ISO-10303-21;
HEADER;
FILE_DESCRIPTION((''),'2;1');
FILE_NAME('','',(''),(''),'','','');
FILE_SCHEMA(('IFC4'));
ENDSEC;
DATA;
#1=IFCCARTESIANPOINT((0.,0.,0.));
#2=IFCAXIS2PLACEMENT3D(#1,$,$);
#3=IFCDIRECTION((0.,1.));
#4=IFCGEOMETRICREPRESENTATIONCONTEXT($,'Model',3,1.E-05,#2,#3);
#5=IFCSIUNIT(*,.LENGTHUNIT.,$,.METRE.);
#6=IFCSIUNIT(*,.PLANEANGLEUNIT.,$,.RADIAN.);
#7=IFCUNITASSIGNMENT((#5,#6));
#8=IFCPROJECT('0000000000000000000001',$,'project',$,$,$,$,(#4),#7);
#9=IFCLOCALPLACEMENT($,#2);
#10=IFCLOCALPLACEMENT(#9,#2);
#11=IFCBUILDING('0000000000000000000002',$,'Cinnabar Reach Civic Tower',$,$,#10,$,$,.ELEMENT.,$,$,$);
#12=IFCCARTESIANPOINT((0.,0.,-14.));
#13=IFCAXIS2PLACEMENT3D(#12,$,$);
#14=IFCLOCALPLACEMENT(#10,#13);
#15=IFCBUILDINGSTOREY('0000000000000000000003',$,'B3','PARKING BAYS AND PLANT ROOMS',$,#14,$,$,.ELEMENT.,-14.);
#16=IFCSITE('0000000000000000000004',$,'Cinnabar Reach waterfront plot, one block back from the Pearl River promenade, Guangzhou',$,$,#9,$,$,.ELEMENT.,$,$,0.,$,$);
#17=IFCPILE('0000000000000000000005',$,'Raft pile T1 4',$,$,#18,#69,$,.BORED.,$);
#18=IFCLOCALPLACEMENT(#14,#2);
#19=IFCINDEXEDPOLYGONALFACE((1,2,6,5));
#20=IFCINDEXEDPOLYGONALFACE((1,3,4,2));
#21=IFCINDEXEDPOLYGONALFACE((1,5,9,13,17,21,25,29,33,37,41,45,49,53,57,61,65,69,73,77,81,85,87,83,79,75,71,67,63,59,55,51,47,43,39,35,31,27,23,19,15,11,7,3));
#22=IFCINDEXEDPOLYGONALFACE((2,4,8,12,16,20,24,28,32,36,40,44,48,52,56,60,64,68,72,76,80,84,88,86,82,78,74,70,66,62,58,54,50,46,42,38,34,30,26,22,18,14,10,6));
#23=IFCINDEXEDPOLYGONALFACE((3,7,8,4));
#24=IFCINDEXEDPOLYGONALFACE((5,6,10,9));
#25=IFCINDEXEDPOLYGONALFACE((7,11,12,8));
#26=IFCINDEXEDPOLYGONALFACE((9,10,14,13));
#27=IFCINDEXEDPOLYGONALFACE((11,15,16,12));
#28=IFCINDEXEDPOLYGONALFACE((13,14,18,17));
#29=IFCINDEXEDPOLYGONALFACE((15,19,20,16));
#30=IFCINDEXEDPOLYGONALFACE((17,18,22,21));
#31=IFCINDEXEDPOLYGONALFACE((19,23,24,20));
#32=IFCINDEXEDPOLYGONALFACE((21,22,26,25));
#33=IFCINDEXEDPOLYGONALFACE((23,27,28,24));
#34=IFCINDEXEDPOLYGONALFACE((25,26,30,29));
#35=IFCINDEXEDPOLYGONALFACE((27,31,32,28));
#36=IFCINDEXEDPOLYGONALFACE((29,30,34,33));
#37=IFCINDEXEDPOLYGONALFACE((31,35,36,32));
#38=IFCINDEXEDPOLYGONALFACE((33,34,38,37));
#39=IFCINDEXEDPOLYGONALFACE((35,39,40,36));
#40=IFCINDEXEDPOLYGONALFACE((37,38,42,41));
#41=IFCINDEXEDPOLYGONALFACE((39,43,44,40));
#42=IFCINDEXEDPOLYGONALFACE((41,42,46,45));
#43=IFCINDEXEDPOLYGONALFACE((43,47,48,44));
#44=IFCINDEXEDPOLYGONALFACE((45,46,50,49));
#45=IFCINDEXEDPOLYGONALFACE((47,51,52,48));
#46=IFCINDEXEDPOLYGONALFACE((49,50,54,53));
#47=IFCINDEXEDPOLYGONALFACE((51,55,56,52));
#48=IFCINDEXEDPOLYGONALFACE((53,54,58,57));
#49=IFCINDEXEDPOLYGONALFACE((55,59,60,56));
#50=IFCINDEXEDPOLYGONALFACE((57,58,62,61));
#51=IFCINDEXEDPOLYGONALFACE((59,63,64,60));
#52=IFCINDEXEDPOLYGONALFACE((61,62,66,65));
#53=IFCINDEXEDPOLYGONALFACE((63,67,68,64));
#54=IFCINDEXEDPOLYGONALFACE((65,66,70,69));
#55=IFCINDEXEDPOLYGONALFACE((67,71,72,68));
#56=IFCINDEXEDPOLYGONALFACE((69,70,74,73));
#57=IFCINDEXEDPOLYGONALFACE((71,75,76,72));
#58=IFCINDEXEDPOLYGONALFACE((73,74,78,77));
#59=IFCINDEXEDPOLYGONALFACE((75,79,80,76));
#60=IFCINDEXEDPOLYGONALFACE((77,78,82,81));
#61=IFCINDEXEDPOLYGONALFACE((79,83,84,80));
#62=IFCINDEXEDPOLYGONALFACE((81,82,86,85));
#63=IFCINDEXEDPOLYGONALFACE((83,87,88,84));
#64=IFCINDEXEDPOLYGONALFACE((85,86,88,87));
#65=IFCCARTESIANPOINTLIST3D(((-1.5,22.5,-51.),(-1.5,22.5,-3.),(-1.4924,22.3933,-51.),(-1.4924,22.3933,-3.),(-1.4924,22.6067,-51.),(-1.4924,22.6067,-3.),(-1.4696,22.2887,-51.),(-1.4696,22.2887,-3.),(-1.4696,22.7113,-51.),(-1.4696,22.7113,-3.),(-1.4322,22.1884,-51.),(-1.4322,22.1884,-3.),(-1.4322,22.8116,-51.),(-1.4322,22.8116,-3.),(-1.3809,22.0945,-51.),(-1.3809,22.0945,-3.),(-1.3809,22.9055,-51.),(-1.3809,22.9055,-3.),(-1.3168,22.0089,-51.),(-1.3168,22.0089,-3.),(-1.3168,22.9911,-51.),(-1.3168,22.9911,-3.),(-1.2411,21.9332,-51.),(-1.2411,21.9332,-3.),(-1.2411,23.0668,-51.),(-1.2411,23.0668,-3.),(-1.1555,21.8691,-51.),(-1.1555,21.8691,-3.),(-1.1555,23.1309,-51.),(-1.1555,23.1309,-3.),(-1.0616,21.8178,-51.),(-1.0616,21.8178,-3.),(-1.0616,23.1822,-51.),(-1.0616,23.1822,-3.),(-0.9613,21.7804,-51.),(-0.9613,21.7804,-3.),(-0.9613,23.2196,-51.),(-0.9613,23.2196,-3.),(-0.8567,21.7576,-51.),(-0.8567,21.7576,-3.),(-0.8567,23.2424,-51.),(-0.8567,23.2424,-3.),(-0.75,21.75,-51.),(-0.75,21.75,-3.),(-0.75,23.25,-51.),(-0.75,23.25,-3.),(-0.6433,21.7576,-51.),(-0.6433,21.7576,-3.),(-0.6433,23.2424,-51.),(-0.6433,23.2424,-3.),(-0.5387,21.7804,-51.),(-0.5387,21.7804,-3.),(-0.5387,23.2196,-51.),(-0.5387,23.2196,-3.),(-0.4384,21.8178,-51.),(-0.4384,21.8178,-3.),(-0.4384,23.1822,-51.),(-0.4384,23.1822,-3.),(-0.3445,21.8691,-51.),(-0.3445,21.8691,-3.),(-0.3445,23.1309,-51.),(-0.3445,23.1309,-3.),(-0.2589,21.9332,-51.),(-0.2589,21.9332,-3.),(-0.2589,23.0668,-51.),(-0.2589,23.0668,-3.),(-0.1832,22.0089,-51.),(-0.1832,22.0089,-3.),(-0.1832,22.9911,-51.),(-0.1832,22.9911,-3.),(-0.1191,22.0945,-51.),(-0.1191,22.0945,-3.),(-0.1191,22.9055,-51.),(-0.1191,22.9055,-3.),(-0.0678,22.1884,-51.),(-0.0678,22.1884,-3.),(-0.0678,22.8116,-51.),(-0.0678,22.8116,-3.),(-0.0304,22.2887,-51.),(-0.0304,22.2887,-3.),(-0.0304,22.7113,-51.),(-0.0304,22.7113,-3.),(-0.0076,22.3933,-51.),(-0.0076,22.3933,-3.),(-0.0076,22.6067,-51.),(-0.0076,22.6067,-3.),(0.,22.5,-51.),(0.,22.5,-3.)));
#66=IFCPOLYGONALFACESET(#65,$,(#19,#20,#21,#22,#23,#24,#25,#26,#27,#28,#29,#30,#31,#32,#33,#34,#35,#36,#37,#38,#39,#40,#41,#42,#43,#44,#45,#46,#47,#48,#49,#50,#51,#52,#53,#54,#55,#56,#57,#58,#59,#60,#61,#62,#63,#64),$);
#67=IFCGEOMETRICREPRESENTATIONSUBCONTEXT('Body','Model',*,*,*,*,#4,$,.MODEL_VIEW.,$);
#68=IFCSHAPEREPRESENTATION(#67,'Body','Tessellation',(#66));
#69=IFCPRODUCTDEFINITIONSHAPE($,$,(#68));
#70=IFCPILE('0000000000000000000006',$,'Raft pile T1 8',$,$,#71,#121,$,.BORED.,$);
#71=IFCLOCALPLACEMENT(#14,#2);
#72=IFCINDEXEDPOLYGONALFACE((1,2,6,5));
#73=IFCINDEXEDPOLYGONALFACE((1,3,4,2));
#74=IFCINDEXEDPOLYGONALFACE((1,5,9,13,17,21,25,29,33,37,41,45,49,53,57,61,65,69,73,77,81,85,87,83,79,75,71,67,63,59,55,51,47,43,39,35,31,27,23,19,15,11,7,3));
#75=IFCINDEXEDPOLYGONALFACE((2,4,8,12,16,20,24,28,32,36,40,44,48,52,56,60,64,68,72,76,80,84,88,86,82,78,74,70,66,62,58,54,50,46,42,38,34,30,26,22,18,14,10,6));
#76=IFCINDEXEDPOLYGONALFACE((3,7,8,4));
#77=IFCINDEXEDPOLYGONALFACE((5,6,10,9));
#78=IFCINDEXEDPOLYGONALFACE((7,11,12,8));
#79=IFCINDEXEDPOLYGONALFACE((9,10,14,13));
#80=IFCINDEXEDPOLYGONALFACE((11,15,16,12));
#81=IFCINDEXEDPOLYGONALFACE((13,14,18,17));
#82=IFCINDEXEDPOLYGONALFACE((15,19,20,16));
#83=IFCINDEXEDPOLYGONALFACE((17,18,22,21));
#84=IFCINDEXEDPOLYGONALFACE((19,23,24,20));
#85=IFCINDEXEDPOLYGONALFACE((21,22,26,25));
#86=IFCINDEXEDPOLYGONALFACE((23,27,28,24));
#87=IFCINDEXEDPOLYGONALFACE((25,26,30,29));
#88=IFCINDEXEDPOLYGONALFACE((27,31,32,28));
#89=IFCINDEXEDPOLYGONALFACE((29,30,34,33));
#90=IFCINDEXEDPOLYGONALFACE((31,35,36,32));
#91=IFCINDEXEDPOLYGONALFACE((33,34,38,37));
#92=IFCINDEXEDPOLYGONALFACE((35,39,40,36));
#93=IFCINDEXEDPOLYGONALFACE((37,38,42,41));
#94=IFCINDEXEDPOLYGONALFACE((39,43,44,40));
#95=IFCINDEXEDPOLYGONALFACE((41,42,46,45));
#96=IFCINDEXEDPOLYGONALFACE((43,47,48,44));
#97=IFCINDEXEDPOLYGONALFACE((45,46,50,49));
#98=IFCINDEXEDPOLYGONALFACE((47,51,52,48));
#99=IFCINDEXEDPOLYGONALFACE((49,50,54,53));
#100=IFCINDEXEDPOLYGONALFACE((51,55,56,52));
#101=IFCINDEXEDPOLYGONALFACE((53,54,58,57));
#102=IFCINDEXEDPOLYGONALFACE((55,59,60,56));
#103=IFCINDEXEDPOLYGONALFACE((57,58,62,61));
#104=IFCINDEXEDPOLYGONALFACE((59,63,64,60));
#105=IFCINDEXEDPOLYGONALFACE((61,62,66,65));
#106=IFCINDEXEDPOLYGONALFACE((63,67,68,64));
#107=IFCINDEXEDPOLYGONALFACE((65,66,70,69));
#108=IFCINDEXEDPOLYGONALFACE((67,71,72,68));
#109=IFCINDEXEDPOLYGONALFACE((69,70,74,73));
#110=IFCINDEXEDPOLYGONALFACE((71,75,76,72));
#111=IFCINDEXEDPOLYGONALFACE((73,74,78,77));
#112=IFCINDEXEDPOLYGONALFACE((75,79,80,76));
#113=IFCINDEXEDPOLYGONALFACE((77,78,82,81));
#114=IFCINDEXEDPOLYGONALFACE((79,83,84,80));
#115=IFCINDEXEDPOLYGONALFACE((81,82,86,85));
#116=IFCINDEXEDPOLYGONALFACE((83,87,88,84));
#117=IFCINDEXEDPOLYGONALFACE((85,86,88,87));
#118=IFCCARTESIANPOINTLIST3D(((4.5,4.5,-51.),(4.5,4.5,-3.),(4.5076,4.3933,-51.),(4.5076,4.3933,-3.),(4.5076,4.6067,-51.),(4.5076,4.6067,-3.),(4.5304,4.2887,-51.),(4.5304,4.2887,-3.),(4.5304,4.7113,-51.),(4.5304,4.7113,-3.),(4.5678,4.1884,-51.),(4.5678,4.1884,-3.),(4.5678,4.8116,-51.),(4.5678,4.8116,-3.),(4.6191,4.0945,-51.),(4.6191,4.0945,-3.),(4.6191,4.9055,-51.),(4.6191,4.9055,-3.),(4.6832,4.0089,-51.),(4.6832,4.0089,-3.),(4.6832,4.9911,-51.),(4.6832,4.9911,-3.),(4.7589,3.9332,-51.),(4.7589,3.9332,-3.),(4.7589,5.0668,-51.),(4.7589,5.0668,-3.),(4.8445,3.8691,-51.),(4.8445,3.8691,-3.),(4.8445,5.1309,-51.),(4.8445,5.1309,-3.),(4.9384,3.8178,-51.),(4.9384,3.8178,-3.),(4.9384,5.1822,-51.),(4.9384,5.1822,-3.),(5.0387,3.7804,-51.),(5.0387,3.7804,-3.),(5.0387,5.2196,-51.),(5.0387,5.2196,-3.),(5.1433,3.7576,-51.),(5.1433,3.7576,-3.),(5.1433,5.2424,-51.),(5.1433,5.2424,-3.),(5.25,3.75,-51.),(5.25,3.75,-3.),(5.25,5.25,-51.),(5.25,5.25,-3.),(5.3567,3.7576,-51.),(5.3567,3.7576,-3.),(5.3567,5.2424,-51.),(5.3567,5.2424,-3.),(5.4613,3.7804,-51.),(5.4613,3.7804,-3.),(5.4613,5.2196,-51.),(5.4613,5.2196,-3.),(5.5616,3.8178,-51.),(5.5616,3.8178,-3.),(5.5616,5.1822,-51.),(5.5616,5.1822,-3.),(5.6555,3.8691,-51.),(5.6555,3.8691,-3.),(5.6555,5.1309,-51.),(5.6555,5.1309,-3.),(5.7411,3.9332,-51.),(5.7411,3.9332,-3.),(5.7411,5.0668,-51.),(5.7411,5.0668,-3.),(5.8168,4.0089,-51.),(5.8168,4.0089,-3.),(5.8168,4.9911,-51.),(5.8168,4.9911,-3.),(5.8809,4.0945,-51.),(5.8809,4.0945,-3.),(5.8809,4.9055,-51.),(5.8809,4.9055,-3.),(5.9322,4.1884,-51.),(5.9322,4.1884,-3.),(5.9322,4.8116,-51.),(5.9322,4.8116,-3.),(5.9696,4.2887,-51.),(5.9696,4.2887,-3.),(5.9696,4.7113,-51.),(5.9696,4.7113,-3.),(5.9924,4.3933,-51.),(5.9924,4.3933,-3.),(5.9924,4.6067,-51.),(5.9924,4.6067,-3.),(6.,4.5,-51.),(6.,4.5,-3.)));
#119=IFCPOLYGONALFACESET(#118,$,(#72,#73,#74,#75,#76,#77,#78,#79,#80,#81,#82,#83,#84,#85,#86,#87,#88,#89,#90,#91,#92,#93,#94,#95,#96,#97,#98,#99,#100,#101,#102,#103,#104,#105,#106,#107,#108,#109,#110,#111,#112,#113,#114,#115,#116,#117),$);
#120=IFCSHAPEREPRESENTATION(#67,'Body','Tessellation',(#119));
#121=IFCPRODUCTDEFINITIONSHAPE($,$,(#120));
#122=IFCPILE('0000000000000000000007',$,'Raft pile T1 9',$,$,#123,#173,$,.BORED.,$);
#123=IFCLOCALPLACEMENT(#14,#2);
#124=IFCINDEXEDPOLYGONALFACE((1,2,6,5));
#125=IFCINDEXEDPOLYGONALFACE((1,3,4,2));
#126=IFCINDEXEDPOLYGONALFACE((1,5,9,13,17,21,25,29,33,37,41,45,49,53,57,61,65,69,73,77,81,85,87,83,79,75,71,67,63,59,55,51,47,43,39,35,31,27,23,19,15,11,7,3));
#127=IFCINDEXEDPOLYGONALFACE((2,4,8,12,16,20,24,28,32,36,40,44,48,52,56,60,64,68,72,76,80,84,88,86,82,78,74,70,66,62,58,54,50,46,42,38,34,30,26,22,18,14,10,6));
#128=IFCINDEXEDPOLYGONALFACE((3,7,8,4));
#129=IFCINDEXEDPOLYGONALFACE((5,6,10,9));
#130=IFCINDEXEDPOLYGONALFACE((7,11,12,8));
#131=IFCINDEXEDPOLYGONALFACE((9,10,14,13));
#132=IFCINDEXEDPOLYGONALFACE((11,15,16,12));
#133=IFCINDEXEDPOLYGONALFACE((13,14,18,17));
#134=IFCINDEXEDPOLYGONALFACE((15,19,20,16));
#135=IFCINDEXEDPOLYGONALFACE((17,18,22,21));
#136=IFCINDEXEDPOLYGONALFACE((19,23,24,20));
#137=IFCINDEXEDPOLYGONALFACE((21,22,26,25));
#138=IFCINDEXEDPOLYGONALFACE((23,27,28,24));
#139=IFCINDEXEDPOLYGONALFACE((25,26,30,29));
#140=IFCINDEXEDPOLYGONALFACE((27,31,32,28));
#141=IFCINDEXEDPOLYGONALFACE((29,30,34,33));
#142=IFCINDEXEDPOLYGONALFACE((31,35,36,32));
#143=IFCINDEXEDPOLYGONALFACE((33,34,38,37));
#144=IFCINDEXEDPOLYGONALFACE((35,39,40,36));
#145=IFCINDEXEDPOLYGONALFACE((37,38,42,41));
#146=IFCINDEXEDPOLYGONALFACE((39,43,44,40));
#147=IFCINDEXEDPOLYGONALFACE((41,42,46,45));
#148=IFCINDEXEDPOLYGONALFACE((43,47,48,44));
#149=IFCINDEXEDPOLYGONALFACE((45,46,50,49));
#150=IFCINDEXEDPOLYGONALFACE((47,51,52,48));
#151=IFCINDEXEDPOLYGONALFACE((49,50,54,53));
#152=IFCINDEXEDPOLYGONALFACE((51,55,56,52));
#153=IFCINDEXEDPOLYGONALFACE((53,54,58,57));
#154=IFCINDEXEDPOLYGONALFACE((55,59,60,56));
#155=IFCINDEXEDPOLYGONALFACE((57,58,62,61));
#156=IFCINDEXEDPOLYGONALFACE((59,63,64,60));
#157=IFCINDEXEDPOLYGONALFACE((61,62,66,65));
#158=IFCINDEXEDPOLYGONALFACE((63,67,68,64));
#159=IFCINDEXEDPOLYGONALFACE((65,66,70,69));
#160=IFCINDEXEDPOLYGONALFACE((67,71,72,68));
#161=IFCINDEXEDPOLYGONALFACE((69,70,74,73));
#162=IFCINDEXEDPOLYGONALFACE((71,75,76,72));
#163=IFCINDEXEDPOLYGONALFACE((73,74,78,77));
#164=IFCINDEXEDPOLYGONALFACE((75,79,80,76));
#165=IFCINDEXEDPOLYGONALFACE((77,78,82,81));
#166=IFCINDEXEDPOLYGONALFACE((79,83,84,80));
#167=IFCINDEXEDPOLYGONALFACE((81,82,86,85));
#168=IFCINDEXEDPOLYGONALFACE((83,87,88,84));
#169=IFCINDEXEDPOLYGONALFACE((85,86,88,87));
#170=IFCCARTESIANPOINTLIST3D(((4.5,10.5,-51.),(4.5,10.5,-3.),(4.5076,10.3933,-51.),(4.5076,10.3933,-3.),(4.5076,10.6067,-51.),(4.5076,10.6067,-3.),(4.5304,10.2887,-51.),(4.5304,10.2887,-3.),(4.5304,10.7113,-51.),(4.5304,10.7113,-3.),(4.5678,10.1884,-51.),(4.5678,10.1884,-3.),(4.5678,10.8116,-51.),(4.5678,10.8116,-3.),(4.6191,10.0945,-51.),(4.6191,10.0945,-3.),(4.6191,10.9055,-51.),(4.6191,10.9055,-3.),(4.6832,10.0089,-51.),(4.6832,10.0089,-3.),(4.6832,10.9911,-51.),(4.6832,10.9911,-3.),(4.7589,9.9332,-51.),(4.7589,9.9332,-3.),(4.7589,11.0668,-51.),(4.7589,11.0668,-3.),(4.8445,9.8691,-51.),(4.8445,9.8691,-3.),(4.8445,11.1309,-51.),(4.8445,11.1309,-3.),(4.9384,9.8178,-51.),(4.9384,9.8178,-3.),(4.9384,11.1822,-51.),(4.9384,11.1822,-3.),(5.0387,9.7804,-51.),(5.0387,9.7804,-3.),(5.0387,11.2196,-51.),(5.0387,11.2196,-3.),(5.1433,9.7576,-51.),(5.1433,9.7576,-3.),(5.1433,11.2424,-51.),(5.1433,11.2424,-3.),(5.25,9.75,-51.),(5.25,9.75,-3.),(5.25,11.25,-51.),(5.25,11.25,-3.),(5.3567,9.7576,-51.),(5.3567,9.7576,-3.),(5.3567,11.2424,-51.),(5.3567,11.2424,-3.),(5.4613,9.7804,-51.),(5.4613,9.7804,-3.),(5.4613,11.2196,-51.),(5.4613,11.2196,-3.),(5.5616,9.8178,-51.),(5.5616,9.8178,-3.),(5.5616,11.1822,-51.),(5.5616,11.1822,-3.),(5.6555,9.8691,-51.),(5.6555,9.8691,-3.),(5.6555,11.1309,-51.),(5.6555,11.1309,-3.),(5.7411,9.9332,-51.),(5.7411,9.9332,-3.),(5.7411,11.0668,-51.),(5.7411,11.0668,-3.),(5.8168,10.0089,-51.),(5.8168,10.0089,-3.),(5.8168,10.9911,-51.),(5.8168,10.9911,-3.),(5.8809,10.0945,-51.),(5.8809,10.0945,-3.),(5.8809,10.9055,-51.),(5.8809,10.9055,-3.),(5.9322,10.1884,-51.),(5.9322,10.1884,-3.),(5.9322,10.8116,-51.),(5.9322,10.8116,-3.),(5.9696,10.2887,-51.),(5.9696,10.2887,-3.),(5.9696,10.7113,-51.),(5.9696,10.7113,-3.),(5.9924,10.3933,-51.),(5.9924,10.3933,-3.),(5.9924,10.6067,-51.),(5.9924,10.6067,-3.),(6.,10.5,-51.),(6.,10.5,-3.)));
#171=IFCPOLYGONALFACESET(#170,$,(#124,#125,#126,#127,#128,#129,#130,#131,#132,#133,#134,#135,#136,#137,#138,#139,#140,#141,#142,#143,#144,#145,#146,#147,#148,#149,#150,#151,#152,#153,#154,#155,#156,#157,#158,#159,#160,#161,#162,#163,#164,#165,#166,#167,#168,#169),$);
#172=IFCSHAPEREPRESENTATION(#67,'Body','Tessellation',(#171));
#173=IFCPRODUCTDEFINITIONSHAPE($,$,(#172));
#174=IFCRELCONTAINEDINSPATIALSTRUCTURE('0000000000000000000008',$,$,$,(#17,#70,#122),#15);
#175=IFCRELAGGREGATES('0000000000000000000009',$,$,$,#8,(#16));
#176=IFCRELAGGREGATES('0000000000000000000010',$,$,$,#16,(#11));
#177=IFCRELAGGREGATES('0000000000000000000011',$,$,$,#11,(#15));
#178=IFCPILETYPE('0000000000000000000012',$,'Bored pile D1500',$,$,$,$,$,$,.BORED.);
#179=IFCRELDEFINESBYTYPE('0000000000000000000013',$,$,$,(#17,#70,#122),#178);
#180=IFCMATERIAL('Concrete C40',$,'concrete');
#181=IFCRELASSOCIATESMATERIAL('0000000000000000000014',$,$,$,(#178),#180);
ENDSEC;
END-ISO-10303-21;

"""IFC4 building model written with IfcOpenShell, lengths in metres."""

from ifc_helpers import new_model, si_unit, direction, frame, origin, origin_2d, place, context, subcontext, project, spatial, circle, extrude, material, type_object, element, save


model = new_model("IFC4")

# Units and contexts
model_context = context("Model", 3, precision=1e-05, world=origin(), true_north=direction((0.0, 1.0)))
body_context = subcontext(model_context, "Body", "Model", "MODEL_VIEW")
ifc_project = project(units=[si_unit("LENGTHUNIT", "METRE"), si_unit("PLANEANGLEUNIT", "RADIAN")], contexts=[model_context])

# Site, building, storey
site_placement = place(None, origin())
site = spatial("IfcSite", under=ifc_project, at=site_placement, Name="Cinnabar Reach waterfront plot, one block back from the Pearl River promenade, Guangzhou", CompositionType="ELEMENT", RefElevation=0.0)
building_placement = place(site_placement, origin())
building = spatial("IfcBuilding", under=site, at=building_placement, Name="Cinnabar Reach Civic Tower", CompositionType="ELEMENT")
storey_placement = place(building_placement, frame((0.0, 0.0, -14.0)))
storey = spatial("IfcBuildingStorey", under=building, at=storey_placement, Name="B3", Description="PARKING BAYS AND PLANT ROOMS", CompositionType="ELEMENT", Elevation=-14.0)

# Piles
ifc_material_1 = material(Name="Concrete C40", Category="concrete")
pile_type_1 = type_object("IfcPileType", Name="Bored pile D1500", PredefinedType="BORED", material=ifc_material_1)
for number, where, z_axis, x_axis, name in (
    (1, (-0.75, 22.5, -3.0), (0.0, 0.0, -1.0), (1.0, 0.0, 0.0), "Raft pile T1 4"),
    (2, (5.25, 4.5, -3.0), (0.0, 0.0, -1.0), (1.0, 0.0, 0.0), "Raft pile T1 8"),
    (3, (5.25, 10.5, -3.0), (0.0, 0.0, -1.0), (1.0, 0.0, 0.0), "Raft pile T1 9"),
):
    element("IfcPile", number, at=place(storey_placement, frame(where, z_axis=z_axis, x_axis=x_axis)), inside=storey, type_object=pile_type_1, Name=name, PredefinedType="BORED", context=body_context, shape_type="SweptSolid", body=[
        extrude(circle(Radius=0.75, at=origin_2d()), origin(), (0.0, 0.0, 1.0), 48.0),
    ])

save(model, "model.ifc")
